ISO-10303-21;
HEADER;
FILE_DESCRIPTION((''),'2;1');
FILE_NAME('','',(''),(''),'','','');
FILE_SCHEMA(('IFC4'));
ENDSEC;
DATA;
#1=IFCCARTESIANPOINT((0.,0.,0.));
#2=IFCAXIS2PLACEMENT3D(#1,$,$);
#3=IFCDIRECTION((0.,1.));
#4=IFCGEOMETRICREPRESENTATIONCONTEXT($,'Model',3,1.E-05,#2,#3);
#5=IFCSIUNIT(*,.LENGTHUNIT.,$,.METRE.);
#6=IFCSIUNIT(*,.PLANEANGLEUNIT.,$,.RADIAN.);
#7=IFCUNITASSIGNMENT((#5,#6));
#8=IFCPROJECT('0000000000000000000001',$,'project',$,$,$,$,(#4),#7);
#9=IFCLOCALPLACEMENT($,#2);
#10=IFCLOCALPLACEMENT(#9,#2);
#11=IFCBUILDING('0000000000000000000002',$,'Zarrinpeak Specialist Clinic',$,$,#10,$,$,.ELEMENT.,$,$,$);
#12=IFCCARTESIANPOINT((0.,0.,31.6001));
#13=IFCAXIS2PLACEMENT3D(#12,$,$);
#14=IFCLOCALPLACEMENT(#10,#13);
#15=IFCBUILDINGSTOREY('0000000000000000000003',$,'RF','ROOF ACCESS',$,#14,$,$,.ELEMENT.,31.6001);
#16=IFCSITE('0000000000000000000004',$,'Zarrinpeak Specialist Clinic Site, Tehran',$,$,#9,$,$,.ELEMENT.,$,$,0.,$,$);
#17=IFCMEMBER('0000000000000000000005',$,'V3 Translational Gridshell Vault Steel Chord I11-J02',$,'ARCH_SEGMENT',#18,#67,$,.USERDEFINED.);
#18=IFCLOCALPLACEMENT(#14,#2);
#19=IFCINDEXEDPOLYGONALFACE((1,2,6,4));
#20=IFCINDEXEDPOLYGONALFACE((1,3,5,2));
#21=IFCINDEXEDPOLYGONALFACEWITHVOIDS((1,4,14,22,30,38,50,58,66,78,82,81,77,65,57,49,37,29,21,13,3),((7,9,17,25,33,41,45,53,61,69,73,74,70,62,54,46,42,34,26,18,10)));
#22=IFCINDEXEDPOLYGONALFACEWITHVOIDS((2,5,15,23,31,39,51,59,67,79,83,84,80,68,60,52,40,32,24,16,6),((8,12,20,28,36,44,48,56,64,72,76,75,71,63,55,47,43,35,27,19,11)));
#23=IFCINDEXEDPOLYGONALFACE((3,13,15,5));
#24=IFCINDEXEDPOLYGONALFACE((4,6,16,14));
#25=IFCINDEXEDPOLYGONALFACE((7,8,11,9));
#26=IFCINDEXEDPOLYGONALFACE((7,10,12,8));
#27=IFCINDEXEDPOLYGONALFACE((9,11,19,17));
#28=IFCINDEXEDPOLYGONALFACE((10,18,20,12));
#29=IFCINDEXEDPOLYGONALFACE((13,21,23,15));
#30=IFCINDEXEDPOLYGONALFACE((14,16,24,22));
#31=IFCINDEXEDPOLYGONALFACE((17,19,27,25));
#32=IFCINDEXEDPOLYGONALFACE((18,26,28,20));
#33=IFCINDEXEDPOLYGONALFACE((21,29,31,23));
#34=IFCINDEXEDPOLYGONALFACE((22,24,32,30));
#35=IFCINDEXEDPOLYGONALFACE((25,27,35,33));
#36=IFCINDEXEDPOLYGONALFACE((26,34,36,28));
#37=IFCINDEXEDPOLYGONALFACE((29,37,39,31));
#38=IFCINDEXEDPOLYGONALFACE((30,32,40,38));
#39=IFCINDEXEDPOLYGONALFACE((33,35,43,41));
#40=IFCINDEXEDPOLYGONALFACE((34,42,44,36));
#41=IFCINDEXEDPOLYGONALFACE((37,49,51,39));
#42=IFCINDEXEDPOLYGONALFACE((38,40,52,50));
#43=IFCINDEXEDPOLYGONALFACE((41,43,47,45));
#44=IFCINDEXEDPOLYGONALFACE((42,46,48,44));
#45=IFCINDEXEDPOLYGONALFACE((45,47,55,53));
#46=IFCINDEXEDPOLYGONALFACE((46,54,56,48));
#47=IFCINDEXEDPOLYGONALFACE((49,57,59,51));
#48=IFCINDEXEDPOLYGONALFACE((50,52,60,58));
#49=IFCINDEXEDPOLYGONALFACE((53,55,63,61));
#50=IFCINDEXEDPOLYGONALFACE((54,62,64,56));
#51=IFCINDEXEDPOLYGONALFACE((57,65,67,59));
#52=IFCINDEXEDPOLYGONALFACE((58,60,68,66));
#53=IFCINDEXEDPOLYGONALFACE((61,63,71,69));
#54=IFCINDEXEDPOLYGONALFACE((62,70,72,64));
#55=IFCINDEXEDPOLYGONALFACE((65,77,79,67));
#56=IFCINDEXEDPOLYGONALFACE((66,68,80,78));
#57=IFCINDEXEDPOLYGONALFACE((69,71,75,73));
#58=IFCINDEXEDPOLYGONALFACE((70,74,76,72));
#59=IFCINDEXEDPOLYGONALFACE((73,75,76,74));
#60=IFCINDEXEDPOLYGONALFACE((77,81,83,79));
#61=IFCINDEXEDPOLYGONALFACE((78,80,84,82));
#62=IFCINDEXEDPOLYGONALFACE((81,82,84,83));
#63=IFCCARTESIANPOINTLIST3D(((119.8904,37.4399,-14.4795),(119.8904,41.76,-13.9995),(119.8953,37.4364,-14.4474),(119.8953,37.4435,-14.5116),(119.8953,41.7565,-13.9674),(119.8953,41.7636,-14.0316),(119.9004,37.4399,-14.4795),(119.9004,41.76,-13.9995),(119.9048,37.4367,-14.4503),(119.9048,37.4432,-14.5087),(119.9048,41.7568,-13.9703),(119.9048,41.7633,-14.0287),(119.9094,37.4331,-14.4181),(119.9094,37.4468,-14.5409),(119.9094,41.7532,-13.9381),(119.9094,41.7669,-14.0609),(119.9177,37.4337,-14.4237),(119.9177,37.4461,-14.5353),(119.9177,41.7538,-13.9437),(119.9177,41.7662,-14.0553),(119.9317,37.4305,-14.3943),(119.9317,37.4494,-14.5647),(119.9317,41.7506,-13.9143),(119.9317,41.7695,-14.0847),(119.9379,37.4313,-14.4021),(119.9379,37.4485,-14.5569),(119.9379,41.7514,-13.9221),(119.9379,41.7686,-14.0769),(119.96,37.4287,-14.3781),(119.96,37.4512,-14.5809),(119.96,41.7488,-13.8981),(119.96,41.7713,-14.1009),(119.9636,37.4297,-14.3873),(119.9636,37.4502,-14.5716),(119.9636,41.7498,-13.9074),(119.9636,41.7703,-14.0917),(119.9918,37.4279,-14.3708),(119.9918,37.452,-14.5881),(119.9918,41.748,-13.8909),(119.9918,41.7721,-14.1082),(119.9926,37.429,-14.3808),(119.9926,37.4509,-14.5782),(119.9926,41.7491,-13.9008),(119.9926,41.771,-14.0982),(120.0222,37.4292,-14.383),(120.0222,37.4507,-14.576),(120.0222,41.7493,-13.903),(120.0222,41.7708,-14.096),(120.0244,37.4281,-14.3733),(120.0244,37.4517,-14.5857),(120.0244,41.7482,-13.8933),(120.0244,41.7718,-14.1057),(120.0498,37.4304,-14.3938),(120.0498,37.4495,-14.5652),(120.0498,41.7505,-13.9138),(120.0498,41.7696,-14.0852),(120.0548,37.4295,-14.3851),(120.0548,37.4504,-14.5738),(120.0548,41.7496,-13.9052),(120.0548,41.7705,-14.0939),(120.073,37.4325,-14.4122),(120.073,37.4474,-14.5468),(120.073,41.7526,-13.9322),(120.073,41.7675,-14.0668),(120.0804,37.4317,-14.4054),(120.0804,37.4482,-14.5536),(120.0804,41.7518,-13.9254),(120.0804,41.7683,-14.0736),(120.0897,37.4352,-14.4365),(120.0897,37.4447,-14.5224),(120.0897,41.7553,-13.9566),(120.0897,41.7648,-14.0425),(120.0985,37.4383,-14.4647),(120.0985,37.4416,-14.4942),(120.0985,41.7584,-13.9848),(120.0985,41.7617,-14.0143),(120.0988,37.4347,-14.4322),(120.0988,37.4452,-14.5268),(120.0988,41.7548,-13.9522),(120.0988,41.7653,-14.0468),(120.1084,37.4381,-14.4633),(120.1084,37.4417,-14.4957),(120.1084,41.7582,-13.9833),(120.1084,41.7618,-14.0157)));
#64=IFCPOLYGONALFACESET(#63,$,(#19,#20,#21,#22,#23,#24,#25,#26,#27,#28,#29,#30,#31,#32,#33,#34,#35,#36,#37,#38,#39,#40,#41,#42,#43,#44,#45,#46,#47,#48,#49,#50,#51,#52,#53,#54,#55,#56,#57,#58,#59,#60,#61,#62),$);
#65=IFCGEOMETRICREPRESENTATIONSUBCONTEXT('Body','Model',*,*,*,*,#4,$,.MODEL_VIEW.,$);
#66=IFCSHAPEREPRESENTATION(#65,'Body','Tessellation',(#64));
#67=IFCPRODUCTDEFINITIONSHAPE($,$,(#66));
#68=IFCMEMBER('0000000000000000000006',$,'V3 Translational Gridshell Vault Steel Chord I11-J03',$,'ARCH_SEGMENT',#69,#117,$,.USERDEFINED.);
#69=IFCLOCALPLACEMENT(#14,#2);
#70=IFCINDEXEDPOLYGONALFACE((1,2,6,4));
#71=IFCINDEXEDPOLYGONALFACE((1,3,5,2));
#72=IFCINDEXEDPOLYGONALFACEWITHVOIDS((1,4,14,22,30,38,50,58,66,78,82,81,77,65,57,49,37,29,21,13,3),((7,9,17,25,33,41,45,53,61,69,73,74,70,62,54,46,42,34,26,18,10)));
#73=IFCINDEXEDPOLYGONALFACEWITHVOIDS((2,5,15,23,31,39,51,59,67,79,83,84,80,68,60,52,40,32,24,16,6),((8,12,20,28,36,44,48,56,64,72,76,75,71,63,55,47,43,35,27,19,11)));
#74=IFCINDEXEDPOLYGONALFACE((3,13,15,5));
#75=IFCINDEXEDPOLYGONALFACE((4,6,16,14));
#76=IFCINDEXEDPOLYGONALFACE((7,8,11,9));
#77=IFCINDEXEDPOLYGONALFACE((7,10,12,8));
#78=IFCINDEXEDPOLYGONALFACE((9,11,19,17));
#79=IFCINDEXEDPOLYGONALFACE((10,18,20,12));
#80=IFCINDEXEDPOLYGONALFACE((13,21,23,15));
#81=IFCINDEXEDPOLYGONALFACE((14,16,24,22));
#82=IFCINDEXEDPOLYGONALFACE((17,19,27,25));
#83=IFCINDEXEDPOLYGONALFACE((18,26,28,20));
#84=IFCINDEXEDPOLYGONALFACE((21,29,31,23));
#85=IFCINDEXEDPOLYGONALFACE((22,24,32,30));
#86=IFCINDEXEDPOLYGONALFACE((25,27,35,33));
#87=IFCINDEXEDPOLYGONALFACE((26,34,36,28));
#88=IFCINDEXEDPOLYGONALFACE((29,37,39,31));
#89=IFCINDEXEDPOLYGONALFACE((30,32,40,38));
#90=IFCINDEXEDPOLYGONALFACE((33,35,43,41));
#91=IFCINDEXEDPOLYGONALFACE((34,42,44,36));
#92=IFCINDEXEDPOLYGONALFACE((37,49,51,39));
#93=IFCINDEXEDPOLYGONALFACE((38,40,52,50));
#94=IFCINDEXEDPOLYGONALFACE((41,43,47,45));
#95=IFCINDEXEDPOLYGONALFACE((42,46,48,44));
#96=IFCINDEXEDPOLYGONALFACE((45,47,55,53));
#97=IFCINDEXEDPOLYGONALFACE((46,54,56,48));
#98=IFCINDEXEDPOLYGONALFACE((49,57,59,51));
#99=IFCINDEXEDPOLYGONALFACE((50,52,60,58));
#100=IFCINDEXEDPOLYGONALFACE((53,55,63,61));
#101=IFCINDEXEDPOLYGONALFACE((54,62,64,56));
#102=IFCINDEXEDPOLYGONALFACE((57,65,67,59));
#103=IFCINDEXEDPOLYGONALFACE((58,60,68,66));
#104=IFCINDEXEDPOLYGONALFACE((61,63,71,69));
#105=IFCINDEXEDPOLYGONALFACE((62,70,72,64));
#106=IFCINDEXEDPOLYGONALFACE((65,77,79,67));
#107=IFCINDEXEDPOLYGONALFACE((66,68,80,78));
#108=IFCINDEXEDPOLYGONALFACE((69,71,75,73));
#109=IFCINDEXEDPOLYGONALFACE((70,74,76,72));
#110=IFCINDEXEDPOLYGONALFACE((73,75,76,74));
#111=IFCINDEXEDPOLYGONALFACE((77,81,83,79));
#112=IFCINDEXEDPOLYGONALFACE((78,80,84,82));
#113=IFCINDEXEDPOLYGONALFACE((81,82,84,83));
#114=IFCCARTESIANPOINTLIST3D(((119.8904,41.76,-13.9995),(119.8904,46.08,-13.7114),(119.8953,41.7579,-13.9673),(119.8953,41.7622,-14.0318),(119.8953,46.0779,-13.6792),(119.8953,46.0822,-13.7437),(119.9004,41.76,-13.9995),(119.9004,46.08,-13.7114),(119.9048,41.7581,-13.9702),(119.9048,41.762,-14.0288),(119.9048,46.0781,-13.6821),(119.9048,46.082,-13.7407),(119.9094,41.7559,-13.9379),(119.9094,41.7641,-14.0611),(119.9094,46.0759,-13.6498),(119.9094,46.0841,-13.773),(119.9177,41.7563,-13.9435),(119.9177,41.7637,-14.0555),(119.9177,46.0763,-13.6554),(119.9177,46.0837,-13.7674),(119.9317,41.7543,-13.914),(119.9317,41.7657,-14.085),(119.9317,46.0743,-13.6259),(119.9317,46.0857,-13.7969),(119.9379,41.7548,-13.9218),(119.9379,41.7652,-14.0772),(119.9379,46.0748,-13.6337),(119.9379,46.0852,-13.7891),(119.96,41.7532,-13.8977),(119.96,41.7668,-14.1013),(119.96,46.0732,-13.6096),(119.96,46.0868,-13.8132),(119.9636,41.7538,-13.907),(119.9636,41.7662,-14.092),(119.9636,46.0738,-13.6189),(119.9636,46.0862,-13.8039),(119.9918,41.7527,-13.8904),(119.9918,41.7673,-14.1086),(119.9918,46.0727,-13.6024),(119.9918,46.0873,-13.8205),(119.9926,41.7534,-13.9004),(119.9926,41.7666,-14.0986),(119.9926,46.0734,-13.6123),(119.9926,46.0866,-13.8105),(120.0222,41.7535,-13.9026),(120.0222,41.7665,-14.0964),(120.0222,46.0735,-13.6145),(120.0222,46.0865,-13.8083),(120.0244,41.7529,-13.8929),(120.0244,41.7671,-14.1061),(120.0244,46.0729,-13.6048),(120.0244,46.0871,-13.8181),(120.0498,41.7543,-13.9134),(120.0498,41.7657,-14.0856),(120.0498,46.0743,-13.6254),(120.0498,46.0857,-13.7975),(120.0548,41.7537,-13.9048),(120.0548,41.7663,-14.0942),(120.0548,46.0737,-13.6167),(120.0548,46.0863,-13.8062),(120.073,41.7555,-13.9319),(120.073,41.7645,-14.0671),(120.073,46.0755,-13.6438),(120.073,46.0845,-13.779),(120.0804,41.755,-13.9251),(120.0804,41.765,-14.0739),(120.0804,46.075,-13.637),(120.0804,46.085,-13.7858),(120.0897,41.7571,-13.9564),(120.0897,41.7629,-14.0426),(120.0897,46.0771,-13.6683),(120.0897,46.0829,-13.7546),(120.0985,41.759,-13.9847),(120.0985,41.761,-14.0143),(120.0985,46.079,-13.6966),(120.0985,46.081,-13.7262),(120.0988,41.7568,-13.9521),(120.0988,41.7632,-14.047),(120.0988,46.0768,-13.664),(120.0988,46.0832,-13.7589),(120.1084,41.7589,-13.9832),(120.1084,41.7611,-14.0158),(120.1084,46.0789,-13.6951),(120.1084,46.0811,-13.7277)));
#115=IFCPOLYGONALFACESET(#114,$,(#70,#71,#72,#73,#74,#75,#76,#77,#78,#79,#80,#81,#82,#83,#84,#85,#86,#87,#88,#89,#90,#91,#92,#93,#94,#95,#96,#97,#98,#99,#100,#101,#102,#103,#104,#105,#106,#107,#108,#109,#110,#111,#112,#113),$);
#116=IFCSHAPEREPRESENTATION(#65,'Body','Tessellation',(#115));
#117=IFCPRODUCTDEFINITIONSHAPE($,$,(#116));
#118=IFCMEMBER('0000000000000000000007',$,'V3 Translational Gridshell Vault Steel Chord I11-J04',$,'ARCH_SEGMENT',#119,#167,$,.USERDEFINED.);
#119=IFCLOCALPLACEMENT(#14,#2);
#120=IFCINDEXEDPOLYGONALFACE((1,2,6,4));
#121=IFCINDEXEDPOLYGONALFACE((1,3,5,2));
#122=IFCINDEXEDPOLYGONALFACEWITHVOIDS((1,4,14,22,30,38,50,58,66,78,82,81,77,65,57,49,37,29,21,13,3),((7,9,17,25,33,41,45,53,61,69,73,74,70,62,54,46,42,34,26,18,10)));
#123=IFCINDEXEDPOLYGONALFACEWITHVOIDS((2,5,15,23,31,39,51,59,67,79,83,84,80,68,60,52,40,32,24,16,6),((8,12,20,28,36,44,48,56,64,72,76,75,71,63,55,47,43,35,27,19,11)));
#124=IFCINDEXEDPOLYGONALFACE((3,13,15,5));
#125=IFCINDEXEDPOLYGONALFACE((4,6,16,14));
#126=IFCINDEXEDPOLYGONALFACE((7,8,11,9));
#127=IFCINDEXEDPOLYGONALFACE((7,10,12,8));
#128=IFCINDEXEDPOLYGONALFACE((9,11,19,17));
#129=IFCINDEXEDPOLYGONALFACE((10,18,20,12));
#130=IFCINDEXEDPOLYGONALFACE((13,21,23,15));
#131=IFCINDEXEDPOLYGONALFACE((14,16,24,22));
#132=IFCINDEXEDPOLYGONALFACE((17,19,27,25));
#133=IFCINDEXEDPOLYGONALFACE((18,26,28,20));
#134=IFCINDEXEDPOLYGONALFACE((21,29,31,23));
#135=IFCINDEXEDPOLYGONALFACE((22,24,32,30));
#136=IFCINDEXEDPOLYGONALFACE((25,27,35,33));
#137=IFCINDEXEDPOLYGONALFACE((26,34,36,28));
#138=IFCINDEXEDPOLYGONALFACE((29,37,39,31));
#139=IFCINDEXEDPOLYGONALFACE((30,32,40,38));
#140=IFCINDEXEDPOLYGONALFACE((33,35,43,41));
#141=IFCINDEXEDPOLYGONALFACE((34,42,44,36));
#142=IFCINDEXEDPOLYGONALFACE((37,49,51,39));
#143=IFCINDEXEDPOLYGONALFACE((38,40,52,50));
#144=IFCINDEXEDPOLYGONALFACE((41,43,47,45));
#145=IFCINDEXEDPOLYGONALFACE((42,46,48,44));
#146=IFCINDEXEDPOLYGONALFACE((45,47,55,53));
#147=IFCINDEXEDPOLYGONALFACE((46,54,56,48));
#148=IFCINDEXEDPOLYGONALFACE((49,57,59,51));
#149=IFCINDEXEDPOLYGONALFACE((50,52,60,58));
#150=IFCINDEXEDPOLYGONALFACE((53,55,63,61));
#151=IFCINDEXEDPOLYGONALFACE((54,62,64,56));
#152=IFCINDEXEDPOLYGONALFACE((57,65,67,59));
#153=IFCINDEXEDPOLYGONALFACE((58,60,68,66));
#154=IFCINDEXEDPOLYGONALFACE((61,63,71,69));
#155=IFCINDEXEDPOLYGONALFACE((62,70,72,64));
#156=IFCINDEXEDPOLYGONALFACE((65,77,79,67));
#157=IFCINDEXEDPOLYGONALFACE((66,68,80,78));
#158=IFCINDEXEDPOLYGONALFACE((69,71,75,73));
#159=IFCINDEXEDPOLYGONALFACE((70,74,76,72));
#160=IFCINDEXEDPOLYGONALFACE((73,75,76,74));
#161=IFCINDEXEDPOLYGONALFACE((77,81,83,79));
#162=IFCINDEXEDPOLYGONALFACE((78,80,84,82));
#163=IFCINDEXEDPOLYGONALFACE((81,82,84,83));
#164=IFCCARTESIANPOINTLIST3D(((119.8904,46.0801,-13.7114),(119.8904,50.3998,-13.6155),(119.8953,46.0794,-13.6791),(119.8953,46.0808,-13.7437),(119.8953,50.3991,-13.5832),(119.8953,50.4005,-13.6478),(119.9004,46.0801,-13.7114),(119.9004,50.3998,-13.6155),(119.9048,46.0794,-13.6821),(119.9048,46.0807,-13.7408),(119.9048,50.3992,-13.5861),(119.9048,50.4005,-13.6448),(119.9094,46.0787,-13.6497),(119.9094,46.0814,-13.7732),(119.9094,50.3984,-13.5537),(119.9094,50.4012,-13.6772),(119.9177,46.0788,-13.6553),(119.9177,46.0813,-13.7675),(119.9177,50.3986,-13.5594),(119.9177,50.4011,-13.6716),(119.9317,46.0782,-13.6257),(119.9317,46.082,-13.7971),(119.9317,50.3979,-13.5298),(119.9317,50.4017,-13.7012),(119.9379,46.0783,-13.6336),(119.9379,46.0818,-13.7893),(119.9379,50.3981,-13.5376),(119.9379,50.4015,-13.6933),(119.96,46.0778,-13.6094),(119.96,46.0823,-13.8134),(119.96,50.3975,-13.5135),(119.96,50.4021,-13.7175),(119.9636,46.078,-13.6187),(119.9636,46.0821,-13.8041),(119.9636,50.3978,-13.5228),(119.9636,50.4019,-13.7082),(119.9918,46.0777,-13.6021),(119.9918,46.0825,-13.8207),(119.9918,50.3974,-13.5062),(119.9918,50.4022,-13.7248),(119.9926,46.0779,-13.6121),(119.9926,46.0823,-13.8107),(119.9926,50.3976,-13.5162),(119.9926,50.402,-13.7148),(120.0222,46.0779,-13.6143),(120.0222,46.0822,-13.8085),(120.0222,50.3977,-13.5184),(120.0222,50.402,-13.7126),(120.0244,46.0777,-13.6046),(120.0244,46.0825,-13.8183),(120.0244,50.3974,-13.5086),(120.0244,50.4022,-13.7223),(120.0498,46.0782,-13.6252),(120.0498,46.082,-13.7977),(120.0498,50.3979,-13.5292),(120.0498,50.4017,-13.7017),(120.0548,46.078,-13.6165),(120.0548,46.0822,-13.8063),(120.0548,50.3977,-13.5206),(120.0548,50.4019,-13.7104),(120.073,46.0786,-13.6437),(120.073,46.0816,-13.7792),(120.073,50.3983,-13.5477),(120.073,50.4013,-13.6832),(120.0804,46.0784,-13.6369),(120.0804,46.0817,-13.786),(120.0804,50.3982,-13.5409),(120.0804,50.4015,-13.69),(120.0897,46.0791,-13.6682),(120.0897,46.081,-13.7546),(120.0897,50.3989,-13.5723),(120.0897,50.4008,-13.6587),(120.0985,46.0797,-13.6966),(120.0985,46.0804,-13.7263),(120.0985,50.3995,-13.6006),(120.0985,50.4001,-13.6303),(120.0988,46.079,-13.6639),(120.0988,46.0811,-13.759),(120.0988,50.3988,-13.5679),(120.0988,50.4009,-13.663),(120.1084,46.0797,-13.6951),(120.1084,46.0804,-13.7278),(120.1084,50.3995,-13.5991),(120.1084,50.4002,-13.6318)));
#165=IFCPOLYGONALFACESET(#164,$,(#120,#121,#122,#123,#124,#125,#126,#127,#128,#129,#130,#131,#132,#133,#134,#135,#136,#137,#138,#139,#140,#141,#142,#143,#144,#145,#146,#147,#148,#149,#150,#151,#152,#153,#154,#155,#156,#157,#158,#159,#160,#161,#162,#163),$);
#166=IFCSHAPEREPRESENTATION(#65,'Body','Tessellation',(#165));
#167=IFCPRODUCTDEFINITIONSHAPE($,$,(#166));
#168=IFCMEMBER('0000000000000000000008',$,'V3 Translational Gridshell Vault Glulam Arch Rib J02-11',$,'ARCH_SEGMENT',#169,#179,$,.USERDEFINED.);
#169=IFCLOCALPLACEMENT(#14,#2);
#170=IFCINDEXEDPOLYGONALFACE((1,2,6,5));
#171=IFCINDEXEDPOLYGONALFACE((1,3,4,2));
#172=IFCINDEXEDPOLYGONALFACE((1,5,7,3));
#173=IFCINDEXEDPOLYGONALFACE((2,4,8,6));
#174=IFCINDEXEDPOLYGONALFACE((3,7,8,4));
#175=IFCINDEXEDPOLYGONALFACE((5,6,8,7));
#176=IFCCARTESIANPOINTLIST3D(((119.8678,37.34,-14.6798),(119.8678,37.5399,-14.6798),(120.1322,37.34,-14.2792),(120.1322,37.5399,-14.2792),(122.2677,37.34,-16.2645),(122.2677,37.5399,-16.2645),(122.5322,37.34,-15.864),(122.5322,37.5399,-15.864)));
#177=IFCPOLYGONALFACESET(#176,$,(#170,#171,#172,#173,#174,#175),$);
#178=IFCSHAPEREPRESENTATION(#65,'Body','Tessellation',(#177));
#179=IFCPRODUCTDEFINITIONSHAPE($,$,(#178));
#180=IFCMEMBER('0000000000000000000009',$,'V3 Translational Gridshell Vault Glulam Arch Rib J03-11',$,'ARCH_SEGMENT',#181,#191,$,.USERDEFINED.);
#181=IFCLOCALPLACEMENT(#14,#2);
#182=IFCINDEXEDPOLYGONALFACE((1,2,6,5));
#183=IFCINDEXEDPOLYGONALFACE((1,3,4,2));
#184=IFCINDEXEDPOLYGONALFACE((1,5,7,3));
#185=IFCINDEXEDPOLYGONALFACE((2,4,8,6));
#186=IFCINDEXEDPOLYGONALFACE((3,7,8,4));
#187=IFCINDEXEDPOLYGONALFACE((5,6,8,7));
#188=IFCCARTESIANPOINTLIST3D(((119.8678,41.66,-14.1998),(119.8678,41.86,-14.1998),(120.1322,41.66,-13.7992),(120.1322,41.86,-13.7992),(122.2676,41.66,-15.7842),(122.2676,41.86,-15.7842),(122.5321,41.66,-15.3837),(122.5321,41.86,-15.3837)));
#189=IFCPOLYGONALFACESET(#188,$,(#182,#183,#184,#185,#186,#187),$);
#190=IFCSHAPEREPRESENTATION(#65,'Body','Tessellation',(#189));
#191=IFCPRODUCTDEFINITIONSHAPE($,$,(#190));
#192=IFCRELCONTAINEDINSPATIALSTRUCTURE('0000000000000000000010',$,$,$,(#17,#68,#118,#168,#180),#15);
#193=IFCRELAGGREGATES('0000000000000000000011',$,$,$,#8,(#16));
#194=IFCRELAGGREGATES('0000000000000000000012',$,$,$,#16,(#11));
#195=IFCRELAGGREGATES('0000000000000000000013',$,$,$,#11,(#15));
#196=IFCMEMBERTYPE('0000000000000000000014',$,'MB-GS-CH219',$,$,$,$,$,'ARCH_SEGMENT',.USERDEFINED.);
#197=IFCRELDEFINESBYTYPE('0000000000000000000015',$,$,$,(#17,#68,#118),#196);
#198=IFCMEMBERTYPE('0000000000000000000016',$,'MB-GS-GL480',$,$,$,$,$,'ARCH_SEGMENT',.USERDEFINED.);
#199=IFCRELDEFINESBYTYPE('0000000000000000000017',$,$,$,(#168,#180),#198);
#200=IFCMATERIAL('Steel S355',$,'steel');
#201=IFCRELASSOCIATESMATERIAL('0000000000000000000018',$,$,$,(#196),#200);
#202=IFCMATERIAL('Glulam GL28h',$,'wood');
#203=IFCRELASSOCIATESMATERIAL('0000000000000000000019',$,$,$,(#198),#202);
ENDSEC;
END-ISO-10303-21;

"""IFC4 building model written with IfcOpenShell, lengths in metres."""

from ifc_helpers import new_model, si_unit, direction, frame, origin, origin_2d, place, context, subcontext, project, spatial, rectangle, hollow_circle, extrude, material, material_profile, profile_set, type_object, element, save


model = new_model("IFC4")

# Units and contexts
model_context = context("Model", 3, precision=1e-05, world=origin(), true_north=direction((0.0, 1.0)))
body_context = subcontext(model_context, "Body", "Model", "MODEL_VIEW")
ifc_project = project(units=[si_unit("LENGTHUNIT", "METRE"), si_unit("PLANEANGLEUNIT", "RADIAN")], contexts=[model_context])

# Site, building, storey
site_placement = place(None, origin())
site = spatial("IfcSite", under=ifc_project, at=site_placement, Name="Zarrinpeak Specialist Clinic Site, Tehran", CompositionType="ELEMENT", RefElevation=0.0)
building_placement = place(site_placement, origin())
building = spatial("IfcBuilding", under=site, at=building_placement, Name="Zarrinpeak Specialist Clinic", CompositionType="ELEMENT")
storey_placement = place(building_placement, frame((0.0, 0.0, 31.6001)))
storey = spatial("IfcBuildingStorey", under=building, at=storey_placement, Name="RF", Description="ROOF ACCESS", CompositionType="ELEMENT", Elevation=31.6001)

# Members
ifc_material_1 = material(Name="Steel S355", Category="steel")
ifc_material_profile_1 = material_profile(ifc_material_1, hollow_circle(Radius=0.1096, WallThickness=0.01, at=origin_2d()), Name="CHS 219.1x10.0")
ifc_profile_set_1 = profile_set([ifc_material_profile_1], Name="Steel S355")
member_type_1 = type_object("IfcMemberType", Name="MB-GS-CH219", ElementType="ARCH_SEGMENT", PredefinedType="USERDEFINED", material=ifc_profile_set_1)
member_1_placement = place(storey_placement, frame((120.0, 37.4399, -14.4795), z_axis=(0.0, 0.993884, 0.110425), x_axis=(-1.0, 0.0, 0.0)))
element("IfcMember", 1, at=member_1_placement, inside=storey, type_object=member_type_1, Name="V3 Translational Gridshell Vault Steel Chord I11-J02", ObjectType="ARCH_SEGMENT", PredefinedType="USERDEFINED", context=body_context, shape_type="SweptSolid", body=[
    extrude(hollow_circle(Radius=0.1096, WallThickness=0.01, at=origin_2d()), origin(), (0.0, 0.0, 1.0), 4.3467),
])
member_2_placement = place(storey_placement, frame((120.0, 41.76, -13.9995), z_axis=(0.0, 0.997784, 0.066538), x_axis=(-1.0, 0.0, 0.0)))
element("IfcMember", 2, at=member_2_placement, inside=storey, type_object=member_type_1, Name="V3 Translational Gridshell Vault Steel Chord I11-J03", ObjectType="ARCH_SEGMENT", PredefinedType="USERDEFINED", context=body_context, shape_type="SweptSolid", body=[
    extrude(hollow_circle(Radius=0.1096, WallThickness=0.01, at=origin_2d()), origin(), (0.0, 0.0, 1.0), 4.3296),
])
member_3_placement = place(storey_placement, frame((120.0, 46.0801, -13.7114), z_axis=(0.0, 0.999753, 0.022205), x_axis=(-1.0, 0.0, 0.0)))
element("IfcMember", 3, at=member_3_placement, inside=storey, type_object=member_type_1, Name="V3 Translational Gridshell Vault Steel Chord I11-J04", ObjectType="ARCH_SEGMENT", PredefinedType="USERDEFINED", context=body_context, shape_type="SweptSolid", body=[
    extrude(hollow_circle(Radius=0.1096, WallThickness=0.01, at=origin_2d()), origin(), (0.0, 0.0, 1.0), 4.3208),
])
ifc_material_2 = material(Name="Glulam GL28h", Category="wood")
ifc_material_profile_2 = material_profile(ifc_material_2, rectangle(XDim=0.2, YDim=0.48, at=origin_2d()), Name="GL28h 200x480")
ifc_profile_set_2 = profile_set([ifc_material_profile_2], Name="Glulam GL28h")
member_type_2 = type_object("IfcMemberType", Name="MB-GS-GL480", ElementType="ARCH_SEGMENT", PredefinedType="USERDEFINED", material=ifc_profile_set_2)
member_4_placement = place(storey_placement, frame((120.0, 37.4399, -14.4795), z_axis=(0.834484, 0.0, -0.551031), x_axis=(0.0, 1.0, 0.0)))
element("IfcMember", 4, at=member_4_placement, inside=storey, type_object=member_type_2, Name="V3 Translational Gridshell Vault Glulam Arch Rib J02-11", ObjectType="ARCH_SEGMENT", PredefinedType="USERDEFINED", context=body_context, shape_type="SweptSolid", body=[
    extrude(rectangle(XDim=0.2, YDim=0.48, at=origin_2d()), origin(), (0.0, 0.0, 1.0), 2.876),
])
member_5_placement = place(storey_placement, frame((120.0, 41.76, -13.9995), z_axis=(0.834524, 0.0, -0.550972), x_axis=(0.0, 1.0, 0.0)))
element("IfcMember", 5, at=member_5_placement, inside=storey, type_object=member_type_2, Name="V3 Translational Gridshell Vault Glulam Arch Rib J03-11", ObjectType="ARCH_SEGMENT", PredefinedType="USERDEFINED", context=body_context, shape_type="SweptSolid", body=[
    extrude(rectangle(XDim=0.2, YDim=0.48, at=origin_2d()), origin(), (0.0, 0.0, 1.0), 2.8757),
])

save(model, "model.ifc")
